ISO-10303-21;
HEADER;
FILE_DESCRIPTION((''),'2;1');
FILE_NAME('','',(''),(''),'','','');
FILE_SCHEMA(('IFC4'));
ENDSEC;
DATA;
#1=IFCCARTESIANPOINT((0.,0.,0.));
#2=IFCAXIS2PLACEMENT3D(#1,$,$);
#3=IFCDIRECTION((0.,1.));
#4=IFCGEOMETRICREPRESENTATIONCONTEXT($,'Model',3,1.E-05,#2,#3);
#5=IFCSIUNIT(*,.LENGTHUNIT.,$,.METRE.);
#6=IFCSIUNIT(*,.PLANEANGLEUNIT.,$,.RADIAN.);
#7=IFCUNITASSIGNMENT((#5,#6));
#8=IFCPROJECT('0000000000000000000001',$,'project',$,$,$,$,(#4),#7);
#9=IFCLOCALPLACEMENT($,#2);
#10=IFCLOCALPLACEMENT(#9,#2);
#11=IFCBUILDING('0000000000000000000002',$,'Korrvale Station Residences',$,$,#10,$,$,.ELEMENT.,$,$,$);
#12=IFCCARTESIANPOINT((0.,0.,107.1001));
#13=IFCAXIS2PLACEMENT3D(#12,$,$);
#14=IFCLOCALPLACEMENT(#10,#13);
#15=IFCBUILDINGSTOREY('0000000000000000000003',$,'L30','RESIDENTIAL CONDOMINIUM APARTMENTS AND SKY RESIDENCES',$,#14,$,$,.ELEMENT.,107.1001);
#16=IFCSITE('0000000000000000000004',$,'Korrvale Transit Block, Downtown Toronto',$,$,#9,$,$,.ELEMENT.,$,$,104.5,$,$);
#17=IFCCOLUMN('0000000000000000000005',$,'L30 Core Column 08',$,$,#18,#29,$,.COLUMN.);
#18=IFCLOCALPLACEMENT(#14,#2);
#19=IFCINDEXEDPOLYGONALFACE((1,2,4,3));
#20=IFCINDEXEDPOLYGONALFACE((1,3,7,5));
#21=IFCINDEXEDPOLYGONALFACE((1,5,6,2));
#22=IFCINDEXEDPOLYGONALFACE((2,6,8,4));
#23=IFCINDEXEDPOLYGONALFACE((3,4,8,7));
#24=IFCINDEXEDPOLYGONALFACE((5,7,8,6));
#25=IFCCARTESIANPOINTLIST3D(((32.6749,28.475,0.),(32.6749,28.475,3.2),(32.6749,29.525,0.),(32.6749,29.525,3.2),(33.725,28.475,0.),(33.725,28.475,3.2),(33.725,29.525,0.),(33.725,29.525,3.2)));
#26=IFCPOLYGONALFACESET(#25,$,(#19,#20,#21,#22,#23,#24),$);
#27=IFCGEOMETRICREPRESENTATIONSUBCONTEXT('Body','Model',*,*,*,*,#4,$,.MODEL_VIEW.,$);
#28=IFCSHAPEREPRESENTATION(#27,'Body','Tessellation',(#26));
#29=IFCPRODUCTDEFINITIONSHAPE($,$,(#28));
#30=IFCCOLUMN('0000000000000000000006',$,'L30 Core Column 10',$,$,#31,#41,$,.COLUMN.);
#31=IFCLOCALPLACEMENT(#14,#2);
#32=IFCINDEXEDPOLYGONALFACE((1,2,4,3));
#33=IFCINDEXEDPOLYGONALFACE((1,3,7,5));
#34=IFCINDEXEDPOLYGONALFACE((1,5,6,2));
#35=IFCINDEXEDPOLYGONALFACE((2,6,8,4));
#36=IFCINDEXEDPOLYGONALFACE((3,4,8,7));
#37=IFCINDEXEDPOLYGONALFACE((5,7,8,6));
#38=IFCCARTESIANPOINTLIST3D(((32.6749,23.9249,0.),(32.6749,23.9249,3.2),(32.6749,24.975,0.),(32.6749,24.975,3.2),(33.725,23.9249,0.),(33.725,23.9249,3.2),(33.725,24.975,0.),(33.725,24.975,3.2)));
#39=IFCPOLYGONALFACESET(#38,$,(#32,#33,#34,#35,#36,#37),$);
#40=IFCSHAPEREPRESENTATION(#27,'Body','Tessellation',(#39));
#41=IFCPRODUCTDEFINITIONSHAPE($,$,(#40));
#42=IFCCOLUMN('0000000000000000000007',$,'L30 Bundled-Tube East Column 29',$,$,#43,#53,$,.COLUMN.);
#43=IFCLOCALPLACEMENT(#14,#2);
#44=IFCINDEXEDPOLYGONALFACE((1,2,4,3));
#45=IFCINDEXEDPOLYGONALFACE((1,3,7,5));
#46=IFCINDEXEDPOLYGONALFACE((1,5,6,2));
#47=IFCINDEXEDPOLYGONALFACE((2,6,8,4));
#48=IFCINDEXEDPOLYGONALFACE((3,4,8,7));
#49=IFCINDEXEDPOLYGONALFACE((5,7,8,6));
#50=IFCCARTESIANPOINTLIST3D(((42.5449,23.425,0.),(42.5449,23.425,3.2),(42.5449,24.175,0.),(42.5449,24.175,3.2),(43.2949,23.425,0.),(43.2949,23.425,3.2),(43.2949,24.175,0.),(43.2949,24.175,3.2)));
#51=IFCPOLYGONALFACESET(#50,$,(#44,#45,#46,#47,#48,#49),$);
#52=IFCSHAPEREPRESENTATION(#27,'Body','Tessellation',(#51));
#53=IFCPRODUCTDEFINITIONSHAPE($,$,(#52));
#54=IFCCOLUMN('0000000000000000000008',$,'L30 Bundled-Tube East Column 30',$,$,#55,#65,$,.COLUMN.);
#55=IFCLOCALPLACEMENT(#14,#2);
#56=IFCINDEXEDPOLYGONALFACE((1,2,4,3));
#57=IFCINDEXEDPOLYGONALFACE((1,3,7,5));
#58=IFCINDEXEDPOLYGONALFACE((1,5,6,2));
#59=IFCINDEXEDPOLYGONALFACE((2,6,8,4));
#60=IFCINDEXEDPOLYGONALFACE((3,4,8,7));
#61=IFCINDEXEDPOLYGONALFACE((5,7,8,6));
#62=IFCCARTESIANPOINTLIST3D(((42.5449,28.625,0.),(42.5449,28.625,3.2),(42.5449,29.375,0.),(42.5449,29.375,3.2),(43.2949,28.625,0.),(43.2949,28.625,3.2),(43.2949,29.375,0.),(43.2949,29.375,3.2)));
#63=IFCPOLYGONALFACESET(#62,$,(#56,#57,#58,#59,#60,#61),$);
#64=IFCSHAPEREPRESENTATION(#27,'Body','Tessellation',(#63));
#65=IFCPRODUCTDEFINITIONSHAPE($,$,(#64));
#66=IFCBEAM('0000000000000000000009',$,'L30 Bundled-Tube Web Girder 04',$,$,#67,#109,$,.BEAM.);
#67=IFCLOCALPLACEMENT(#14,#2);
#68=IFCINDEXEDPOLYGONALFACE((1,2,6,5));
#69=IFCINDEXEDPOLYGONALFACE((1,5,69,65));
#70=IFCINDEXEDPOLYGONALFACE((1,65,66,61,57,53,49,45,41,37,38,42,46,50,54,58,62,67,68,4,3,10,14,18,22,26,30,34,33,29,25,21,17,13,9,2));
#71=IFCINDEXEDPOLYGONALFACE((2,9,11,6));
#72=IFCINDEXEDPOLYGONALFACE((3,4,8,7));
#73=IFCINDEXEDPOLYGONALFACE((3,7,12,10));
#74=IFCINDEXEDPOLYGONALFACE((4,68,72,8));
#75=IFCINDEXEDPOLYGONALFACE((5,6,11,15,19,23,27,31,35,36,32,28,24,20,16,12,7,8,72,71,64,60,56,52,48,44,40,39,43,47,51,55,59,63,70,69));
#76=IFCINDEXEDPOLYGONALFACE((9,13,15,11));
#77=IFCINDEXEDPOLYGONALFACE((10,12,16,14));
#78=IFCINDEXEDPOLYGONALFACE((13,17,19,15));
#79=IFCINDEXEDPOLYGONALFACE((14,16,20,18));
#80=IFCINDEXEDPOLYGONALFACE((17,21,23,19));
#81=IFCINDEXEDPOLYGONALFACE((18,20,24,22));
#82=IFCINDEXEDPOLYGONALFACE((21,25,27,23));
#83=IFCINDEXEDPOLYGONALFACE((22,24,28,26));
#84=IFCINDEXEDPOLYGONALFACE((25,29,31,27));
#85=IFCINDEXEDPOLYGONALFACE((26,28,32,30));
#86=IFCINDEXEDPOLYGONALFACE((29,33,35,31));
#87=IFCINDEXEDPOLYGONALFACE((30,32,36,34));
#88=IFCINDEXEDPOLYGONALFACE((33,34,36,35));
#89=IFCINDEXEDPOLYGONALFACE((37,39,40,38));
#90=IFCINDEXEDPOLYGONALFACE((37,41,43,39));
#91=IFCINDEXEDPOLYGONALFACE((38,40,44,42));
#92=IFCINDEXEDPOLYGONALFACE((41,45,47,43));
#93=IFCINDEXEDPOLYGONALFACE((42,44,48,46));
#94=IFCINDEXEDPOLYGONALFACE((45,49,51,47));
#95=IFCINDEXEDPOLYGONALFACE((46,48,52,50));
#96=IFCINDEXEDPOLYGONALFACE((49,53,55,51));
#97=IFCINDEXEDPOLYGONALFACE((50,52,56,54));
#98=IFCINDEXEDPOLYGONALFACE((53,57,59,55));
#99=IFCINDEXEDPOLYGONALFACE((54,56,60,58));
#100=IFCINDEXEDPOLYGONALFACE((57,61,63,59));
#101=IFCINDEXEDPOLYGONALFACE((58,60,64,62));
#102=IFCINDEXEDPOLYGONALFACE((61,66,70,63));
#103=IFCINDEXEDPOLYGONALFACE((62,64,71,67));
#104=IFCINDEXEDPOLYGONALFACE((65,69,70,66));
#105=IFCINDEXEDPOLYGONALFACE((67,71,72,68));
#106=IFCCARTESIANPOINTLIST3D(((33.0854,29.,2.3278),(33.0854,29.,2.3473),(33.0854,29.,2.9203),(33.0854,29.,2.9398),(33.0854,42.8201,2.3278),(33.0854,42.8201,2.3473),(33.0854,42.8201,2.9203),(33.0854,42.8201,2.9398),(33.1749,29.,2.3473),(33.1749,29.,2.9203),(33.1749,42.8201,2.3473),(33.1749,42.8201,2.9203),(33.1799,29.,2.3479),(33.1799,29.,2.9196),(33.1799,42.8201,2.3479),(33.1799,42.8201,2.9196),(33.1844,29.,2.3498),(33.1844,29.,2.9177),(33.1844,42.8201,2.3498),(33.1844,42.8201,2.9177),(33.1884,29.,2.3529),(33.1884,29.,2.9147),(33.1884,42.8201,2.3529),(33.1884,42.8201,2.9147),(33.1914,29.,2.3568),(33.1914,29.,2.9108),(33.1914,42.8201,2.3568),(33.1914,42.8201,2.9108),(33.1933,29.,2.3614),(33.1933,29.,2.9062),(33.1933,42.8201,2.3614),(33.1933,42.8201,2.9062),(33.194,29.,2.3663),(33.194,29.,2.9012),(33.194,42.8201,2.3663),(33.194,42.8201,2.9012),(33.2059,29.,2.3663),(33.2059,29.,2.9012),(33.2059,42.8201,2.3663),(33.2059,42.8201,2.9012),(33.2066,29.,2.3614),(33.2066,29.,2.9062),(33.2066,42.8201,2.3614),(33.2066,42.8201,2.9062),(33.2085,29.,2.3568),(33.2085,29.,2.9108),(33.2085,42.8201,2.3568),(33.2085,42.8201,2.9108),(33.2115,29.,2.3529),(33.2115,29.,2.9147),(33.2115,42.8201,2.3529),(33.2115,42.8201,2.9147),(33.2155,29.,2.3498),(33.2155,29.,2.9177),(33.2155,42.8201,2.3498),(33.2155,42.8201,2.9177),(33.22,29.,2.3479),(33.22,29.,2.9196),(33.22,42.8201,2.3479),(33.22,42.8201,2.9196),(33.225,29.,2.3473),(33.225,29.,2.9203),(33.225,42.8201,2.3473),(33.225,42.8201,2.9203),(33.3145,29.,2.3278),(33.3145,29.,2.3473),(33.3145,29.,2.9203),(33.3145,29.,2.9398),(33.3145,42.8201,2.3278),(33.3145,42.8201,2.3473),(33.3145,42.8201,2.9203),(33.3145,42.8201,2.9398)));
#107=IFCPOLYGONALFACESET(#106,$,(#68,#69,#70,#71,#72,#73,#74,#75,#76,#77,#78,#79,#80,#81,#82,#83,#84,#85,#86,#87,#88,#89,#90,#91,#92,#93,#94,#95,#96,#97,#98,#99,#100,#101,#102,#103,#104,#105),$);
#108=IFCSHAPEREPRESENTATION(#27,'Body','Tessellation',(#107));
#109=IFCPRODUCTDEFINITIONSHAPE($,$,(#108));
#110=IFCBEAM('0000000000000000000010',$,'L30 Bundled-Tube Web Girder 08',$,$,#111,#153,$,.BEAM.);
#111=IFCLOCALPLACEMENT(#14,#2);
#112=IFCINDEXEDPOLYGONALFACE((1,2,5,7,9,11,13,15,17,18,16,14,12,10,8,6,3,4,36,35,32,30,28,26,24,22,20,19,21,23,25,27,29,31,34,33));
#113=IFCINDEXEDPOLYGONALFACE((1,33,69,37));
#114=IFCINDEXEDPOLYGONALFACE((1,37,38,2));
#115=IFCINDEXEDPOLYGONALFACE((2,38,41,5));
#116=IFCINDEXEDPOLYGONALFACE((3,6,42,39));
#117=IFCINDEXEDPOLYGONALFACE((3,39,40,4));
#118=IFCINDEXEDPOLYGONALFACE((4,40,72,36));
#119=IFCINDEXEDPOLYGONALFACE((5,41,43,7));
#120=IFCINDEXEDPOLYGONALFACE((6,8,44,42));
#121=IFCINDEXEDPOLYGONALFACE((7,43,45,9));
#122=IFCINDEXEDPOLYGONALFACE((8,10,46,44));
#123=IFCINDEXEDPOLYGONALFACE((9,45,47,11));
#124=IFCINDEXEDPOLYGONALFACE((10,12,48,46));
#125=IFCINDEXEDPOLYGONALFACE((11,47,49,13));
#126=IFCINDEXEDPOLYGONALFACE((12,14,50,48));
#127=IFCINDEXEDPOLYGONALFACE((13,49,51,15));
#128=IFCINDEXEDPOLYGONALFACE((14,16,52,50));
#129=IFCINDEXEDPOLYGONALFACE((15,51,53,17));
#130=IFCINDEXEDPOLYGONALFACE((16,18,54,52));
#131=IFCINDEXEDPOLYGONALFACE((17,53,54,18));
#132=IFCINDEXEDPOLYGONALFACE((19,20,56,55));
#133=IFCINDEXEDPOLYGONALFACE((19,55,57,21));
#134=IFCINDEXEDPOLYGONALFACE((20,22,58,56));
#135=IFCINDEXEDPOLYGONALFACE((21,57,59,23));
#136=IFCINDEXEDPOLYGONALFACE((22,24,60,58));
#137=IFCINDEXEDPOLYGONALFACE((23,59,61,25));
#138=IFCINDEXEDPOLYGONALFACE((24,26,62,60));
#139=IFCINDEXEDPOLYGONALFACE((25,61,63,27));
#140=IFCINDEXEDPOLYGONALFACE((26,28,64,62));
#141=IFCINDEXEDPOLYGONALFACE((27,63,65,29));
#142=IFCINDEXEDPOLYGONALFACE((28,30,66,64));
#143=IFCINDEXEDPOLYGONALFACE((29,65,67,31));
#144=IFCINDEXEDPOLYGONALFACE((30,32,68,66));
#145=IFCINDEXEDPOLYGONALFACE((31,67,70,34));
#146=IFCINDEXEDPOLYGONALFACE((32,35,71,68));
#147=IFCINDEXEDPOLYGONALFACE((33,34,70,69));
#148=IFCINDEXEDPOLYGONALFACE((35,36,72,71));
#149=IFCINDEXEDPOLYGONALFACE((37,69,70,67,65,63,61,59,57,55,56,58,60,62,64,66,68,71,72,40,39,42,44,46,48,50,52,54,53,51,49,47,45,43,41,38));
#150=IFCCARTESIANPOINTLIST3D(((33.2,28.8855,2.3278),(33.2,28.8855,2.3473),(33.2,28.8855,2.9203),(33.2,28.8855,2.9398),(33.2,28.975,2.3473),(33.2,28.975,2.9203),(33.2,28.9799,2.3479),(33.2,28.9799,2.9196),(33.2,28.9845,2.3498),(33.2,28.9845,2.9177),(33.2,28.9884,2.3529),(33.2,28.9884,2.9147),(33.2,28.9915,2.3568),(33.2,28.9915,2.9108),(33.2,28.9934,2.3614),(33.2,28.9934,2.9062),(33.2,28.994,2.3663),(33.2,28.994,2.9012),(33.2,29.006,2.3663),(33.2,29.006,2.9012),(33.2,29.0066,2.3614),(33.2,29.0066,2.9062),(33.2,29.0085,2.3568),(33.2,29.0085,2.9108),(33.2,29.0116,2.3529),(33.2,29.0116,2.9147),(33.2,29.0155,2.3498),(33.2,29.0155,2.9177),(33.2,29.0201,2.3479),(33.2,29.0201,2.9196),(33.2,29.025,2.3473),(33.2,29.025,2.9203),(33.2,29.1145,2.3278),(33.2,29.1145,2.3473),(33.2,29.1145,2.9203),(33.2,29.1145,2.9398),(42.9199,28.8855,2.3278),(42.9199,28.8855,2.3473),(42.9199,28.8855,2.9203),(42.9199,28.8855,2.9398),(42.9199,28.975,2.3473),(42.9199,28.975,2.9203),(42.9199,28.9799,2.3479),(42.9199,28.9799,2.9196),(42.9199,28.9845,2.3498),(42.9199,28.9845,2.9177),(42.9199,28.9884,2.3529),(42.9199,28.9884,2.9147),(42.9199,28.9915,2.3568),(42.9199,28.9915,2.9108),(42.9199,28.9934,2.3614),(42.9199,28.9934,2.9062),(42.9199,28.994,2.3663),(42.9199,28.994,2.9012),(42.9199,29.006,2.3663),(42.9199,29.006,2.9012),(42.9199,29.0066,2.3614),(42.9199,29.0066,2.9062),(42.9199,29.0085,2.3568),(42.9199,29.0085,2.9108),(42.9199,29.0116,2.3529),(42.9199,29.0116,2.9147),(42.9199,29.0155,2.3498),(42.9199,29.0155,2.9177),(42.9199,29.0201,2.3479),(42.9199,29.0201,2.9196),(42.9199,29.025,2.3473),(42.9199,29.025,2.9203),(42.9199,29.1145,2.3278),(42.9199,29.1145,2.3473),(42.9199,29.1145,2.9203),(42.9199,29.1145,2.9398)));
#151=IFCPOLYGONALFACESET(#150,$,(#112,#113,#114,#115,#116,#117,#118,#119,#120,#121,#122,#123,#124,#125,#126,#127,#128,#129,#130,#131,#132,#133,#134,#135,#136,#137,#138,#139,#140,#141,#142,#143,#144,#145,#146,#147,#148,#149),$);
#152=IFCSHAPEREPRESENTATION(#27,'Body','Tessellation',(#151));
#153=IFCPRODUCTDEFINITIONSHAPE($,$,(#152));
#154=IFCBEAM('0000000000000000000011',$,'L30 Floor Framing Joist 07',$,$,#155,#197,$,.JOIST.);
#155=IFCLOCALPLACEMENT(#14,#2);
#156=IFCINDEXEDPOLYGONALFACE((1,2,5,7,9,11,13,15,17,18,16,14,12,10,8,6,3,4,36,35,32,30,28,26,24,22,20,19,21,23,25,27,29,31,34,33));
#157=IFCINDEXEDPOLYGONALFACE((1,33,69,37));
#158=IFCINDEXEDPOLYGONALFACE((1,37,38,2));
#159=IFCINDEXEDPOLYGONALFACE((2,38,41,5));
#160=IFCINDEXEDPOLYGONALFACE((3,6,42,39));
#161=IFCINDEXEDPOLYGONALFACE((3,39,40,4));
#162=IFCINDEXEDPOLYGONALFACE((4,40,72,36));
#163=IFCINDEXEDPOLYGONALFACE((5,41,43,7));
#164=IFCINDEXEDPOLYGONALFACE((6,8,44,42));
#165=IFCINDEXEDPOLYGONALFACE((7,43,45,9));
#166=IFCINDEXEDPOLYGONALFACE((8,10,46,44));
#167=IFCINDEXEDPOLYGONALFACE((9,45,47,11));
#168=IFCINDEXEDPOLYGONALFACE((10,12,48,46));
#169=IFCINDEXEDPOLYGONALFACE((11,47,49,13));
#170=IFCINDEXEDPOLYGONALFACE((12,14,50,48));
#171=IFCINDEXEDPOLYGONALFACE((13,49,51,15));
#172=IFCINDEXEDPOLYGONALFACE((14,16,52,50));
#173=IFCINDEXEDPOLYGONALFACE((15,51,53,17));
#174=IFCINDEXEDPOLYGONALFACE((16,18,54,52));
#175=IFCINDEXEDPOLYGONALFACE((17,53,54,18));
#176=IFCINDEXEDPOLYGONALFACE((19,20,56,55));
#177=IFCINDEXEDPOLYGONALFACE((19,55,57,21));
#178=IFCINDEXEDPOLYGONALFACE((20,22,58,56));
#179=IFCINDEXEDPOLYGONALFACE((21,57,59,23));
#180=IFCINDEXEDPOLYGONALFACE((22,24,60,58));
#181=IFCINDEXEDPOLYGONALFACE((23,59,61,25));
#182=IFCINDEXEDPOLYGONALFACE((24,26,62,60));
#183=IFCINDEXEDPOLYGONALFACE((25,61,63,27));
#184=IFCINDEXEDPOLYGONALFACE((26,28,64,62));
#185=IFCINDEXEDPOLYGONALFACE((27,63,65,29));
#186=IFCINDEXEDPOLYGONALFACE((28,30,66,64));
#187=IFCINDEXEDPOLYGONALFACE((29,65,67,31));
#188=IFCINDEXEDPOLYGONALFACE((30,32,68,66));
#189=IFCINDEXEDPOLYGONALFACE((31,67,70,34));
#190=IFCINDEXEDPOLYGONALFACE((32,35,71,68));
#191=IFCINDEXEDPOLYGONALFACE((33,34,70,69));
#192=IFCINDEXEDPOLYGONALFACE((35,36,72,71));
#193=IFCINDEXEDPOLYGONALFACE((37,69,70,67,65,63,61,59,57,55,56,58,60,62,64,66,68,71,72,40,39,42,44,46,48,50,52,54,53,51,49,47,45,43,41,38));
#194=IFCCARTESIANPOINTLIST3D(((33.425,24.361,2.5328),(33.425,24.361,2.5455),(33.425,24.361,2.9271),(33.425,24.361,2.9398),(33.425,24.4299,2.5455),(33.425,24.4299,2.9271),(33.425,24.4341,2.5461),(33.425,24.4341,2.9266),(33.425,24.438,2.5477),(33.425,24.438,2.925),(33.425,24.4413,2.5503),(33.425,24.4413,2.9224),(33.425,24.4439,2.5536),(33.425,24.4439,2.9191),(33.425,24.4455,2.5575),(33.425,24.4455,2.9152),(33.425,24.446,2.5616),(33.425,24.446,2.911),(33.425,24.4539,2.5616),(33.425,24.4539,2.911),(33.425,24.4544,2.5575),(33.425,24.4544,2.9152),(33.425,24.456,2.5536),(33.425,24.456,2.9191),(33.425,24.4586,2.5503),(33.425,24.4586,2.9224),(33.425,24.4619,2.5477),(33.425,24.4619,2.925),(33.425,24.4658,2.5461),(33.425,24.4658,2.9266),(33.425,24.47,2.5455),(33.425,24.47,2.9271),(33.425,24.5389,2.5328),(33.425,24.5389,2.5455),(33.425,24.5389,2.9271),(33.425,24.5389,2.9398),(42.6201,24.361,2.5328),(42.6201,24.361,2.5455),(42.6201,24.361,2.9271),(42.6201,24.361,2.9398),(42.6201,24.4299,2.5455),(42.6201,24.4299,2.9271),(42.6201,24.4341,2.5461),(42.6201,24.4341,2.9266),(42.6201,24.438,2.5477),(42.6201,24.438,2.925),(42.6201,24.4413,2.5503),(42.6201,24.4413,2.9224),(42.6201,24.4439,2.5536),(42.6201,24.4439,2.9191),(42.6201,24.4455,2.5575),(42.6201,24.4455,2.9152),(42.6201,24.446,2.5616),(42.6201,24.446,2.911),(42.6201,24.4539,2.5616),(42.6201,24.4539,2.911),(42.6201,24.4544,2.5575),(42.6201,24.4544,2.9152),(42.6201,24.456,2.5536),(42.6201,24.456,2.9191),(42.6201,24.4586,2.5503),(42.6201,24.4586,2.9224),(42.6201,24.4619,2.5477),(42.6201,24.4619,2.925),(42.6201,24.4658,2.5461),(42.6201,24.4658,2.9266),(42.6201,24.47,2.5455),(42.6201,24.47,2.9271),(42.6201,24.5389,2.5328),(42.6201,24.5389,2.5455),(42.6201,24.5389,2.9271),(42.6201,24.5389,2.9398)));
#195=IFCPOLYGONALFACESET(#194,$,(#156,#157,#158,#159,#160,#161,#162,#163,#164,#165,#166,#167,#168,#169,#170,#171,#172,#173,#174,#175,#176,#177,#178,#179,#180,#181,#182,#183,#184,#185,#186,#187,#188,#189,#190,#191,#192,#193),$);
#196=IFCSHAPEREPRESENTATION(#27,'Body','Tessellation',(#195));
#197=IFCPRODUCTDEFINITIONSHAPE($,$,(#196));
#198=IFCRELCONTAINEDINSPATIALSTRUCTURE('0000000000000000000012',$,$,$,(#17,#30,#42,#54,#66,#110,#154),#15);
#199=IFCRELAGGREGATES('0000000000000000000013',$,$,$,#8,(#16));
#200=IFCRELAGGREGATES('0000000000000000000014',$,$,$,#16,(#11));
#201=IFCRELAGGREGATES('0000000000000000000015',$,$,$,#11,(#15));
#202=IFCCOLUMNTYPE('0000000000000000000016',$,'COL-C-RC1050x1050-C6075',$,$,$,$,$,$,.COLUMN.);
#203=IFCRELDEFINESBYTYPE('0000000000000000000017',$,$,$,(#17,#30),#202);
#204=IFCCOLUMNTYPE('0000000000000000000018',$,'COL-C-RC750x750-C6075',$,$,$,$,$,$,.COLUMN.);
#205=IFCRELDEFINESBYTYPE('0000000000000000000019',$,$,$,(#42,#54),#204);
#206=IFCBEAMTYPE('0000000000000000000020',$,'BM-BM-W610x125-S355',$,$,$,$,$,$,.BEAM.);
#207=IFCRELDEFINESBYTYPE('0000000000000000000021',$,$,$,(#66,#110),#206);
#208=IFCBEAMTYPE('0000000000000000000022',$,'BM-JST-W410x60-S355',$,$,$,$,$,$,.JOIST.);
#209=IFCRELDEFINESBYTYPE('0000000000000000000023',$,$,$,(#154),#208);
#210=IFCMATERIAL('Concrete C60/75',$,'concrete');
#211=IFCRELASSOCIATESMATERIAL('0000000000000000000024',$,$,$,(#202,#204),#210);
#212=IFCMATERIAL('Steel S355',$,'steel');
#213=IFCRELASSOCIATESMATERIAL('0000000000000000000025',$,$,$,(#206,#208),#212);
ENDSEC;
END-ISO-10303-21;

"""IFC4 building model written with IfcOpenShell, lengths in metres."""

from ifc_helpers import new_model, si_unit, direction, frame, origin, origin_2d, place, context, subcontext, project, spatial, rectangle, i_section, extrude, material, material_profile, profile_set, type_object, element, save


model = new_model("IFC4")

# Units and contexts
model_context = context("Model", 3, precision=1e-05, world=origin(), true_north=direction((0.0, 1.0)))
body_context = subcontext(model_context, "Body", "Model", "MODEL_VIEW")
ifc_project = project(units=[si_unit("LENGTHUNIT", "METRE"), si_unit("PLANEANGLEUNIT", "RADIAN")], contexts=[model_context])

# Site, building, storey
site_placement = place(None, origin())
site = spatial("IfcSite", under=ifc_project, at=site_placement, Name="Korrvale Transit Block, Downtown Toronto", CompositionType="ELEMENT", RefElevation=104.5)
building_placement = place(site_placement, origin())
building = spatial("IfcBuilding", under=site, at=building_placement, Name="Korrvale Station Residences", CompositionType="ELEMENT")
storey_placement = place(building_placement, frame((0.0, 0.0, 107.1001)))
storey = spatial("IfcBuildingStorey", under=building, at=storey_placement, Name="L30", Description="RESIDENTIAL CONDOMINIUM APARTMENTS AND SKY RESIDENCES", CompositionType="ELEMENT", Elevation=107.1001)

# Columns
ifc_material_1 = material(Name="Concrete C60/75", Category="concrete")
ifc_material_profile_1 = material_profile(ifc_material_1, rectangle(XDim=1.05, YDim=1.05, at=origin_2d()), Name="RC1050x1050")
ifc_profile_set_1 = profile_set([ifc_material_profile_1], Name="Concrete C60/75")
column_type_1 = type_object("IfcColumnType", Name="COL-C-RC1050x1050-C6075", PredefinedType="COLUMN", material=ifc_profile_set_1)
for number, where, z_axis, x_axis, name in (
    (1, (33.2, 29.0, 0.0), (0.0, 0.0, 1.0), (1.0, 0.0, 0.0), "L30 Core Column 08"),
    (2, (33.2, 24.45, 0.0), (0.0, 0.0, 1.0), (1.0, 0.0, 0.0), "L30 Core Column 10"),
):
    element("IfcColumn", number, at=place(storey_placement, frame(where, z_axis=z_axis, x_axis=x_axis)), inside=storey, type_object=column_type_1, Name=name, PredefinedType="COLUMN", context=body_context, shape_type="SweptSolid", body=[
        extrude(rectangle(XDim=1.05, YDim=1.05, at=origin_2d()), origin(), (0.0, 0.0, 1.0), 3.2),
    ])
ifc_material_profile_2 = material_profile(ifc_material_1, rectangle(XDim=0.75, YDim=0.75, at=origin_2d()), Name="RC750x750")
ifc_profile_set_2 = profile_set([ifc_material_profile_2], Name="Concrete C60/75")
column_type_2 = type_object("IfcColumnType", Name="COL-C-RC750x750-C6075", PredefinedType="COLUMN", material=ifc_profile_set_2)
for number, where, z_axis, x_axis, name in (
    (3, (42.9199, 23.8, 0.0), (0.0, 0.0, 1.0), (1.0, 0.0, 0.0), "L30 Bundled-Tube East Column 29"),
    (4, (42.9199, 29.0, 0.0), (0.0, 0.0, 1.0), (1.0, 0.0, 0.0), "L30 Bundled-Tube East Column 30"),
):
    element("IfcColumn", number, at=place(storey_placement, frame(where, z_axis=z_axis, x_axis=x_axis)), inside=storey, type_object=column_type_2, Name=name, PredefinedType="COLUMN", context=body_context, shape_type="SweptSolid", body=[
        extrude(rectangle(XDim=0.75, YDim=0.75, at=origin_2d()), origin(), (0.0, 0.0, 1.0), 3.2),
    ])

# Beams
ifc_material_2 = material(Name="Steel S355", Category="steel")
ifc_material_profile_3 = material_profile(ifc_material_2, i_section(OverallWidth=0.229, OverallDepth=0.6121, WebThickness=0.012, FlangeThickness=0.0195, FilletRadius=0.019, at=origin_2d()), Name="W610x125")
ifc_profile_set_3 = profile_set([ifc_material_profile_3], Name="Steel S355")
beam_type_1 = type_object("IfcBeamType", Name="BM-BM-W610x125-S355", PredefinedType="BEAM", material=ifc_profile_set_3)
beam_1_placement = place(storey_placement, frame((33.2, 29.0, 2.6338), z_axis=(0.0, 1.0, 0.0), x_axis=(-1.0, 0.0, 0.0)))
element("IfcBeam", 5, at=beam_1_placement, inside=storey, type_object=beam_type_1, Name="L30 Bundled-Tube Web Girder 04", PredefinedType="BEAM", context=body_context, shape_type="SweptSolid", body=[
    extrude(i_section(OverallWidth=0.229, OverallDepth=0.6121, WebThickness=0.012, FlangeThickness=0.0195, FilletRadius=0.019, at=origin_2d()), origin(), (0.0, 0.0, 1.0), 13.8201),
])
beam_2_placement = place(storey_placement, frame((33.2, 29.0, 2.6338), z_axis=(1.0, 0.0, 0.0), x_axis=(0.0, 1.0, 0.0)))
element("IfcBeam", 6, at=beam_2_placement, inside=storey, type_object=beam_type_1, Name="L30 Bundled-Tube Web Girder 08", PredefinedType="BEAM", context=body_context, shape_type="SweptSolid", body=[
    extrude(i_section(OverallWidth=0.229, OverallDepth=0.6121, WebThickness=0.012, FlangeThickness=0.0195, FilletRadius=0.019, at=origin_2d()), origin(), (0.0, 0.0, 1.0), 9.72),
])
ifc_material_profile_4 = material_profile(ifc_material_2, i_section(OverallWidth=0.178, OverallDepth=0.407, WebThickness=0.0078, FlangeThickness=0.0127, FilletRadius=0.0161, at=origin_2d()), Name="W410x60")
ifc_profile_set_4 = profile_set([ifc_material_profile_4], Name="Steel S355")
beam_type_2 = type_object("IfcBeamType", Name="BM-JST-W410x60-S355", PredefinedType="JOIST", material=ifc_profile_set_4)
beam_3_placement = place(storey_placement, frame((33.425, 24.45, 2.7363), z_axis=(1.0, 0.0, 0.0), x_axis=(0.0, 1.0, 0.0)))
element("IfcBeam", 7, at=beam_3_placement, inside=storey, type_object=beam_type_2, Name="L30 Floor Framing Joist 07", PredefinedType="JOIST", context=body_context, shape_type="SweptSolid", body=[
    extrude(i_section(OverallWidth=0.178, OverallDepth=0.407, WebThickness=0.0078, FlangeThickness=0.0127, FilletRadius=0.0161, at=origin_2d()), origin(), (0.0, 0.0, 1.0), 9.1951),
])

save(model, "model.ifc")
